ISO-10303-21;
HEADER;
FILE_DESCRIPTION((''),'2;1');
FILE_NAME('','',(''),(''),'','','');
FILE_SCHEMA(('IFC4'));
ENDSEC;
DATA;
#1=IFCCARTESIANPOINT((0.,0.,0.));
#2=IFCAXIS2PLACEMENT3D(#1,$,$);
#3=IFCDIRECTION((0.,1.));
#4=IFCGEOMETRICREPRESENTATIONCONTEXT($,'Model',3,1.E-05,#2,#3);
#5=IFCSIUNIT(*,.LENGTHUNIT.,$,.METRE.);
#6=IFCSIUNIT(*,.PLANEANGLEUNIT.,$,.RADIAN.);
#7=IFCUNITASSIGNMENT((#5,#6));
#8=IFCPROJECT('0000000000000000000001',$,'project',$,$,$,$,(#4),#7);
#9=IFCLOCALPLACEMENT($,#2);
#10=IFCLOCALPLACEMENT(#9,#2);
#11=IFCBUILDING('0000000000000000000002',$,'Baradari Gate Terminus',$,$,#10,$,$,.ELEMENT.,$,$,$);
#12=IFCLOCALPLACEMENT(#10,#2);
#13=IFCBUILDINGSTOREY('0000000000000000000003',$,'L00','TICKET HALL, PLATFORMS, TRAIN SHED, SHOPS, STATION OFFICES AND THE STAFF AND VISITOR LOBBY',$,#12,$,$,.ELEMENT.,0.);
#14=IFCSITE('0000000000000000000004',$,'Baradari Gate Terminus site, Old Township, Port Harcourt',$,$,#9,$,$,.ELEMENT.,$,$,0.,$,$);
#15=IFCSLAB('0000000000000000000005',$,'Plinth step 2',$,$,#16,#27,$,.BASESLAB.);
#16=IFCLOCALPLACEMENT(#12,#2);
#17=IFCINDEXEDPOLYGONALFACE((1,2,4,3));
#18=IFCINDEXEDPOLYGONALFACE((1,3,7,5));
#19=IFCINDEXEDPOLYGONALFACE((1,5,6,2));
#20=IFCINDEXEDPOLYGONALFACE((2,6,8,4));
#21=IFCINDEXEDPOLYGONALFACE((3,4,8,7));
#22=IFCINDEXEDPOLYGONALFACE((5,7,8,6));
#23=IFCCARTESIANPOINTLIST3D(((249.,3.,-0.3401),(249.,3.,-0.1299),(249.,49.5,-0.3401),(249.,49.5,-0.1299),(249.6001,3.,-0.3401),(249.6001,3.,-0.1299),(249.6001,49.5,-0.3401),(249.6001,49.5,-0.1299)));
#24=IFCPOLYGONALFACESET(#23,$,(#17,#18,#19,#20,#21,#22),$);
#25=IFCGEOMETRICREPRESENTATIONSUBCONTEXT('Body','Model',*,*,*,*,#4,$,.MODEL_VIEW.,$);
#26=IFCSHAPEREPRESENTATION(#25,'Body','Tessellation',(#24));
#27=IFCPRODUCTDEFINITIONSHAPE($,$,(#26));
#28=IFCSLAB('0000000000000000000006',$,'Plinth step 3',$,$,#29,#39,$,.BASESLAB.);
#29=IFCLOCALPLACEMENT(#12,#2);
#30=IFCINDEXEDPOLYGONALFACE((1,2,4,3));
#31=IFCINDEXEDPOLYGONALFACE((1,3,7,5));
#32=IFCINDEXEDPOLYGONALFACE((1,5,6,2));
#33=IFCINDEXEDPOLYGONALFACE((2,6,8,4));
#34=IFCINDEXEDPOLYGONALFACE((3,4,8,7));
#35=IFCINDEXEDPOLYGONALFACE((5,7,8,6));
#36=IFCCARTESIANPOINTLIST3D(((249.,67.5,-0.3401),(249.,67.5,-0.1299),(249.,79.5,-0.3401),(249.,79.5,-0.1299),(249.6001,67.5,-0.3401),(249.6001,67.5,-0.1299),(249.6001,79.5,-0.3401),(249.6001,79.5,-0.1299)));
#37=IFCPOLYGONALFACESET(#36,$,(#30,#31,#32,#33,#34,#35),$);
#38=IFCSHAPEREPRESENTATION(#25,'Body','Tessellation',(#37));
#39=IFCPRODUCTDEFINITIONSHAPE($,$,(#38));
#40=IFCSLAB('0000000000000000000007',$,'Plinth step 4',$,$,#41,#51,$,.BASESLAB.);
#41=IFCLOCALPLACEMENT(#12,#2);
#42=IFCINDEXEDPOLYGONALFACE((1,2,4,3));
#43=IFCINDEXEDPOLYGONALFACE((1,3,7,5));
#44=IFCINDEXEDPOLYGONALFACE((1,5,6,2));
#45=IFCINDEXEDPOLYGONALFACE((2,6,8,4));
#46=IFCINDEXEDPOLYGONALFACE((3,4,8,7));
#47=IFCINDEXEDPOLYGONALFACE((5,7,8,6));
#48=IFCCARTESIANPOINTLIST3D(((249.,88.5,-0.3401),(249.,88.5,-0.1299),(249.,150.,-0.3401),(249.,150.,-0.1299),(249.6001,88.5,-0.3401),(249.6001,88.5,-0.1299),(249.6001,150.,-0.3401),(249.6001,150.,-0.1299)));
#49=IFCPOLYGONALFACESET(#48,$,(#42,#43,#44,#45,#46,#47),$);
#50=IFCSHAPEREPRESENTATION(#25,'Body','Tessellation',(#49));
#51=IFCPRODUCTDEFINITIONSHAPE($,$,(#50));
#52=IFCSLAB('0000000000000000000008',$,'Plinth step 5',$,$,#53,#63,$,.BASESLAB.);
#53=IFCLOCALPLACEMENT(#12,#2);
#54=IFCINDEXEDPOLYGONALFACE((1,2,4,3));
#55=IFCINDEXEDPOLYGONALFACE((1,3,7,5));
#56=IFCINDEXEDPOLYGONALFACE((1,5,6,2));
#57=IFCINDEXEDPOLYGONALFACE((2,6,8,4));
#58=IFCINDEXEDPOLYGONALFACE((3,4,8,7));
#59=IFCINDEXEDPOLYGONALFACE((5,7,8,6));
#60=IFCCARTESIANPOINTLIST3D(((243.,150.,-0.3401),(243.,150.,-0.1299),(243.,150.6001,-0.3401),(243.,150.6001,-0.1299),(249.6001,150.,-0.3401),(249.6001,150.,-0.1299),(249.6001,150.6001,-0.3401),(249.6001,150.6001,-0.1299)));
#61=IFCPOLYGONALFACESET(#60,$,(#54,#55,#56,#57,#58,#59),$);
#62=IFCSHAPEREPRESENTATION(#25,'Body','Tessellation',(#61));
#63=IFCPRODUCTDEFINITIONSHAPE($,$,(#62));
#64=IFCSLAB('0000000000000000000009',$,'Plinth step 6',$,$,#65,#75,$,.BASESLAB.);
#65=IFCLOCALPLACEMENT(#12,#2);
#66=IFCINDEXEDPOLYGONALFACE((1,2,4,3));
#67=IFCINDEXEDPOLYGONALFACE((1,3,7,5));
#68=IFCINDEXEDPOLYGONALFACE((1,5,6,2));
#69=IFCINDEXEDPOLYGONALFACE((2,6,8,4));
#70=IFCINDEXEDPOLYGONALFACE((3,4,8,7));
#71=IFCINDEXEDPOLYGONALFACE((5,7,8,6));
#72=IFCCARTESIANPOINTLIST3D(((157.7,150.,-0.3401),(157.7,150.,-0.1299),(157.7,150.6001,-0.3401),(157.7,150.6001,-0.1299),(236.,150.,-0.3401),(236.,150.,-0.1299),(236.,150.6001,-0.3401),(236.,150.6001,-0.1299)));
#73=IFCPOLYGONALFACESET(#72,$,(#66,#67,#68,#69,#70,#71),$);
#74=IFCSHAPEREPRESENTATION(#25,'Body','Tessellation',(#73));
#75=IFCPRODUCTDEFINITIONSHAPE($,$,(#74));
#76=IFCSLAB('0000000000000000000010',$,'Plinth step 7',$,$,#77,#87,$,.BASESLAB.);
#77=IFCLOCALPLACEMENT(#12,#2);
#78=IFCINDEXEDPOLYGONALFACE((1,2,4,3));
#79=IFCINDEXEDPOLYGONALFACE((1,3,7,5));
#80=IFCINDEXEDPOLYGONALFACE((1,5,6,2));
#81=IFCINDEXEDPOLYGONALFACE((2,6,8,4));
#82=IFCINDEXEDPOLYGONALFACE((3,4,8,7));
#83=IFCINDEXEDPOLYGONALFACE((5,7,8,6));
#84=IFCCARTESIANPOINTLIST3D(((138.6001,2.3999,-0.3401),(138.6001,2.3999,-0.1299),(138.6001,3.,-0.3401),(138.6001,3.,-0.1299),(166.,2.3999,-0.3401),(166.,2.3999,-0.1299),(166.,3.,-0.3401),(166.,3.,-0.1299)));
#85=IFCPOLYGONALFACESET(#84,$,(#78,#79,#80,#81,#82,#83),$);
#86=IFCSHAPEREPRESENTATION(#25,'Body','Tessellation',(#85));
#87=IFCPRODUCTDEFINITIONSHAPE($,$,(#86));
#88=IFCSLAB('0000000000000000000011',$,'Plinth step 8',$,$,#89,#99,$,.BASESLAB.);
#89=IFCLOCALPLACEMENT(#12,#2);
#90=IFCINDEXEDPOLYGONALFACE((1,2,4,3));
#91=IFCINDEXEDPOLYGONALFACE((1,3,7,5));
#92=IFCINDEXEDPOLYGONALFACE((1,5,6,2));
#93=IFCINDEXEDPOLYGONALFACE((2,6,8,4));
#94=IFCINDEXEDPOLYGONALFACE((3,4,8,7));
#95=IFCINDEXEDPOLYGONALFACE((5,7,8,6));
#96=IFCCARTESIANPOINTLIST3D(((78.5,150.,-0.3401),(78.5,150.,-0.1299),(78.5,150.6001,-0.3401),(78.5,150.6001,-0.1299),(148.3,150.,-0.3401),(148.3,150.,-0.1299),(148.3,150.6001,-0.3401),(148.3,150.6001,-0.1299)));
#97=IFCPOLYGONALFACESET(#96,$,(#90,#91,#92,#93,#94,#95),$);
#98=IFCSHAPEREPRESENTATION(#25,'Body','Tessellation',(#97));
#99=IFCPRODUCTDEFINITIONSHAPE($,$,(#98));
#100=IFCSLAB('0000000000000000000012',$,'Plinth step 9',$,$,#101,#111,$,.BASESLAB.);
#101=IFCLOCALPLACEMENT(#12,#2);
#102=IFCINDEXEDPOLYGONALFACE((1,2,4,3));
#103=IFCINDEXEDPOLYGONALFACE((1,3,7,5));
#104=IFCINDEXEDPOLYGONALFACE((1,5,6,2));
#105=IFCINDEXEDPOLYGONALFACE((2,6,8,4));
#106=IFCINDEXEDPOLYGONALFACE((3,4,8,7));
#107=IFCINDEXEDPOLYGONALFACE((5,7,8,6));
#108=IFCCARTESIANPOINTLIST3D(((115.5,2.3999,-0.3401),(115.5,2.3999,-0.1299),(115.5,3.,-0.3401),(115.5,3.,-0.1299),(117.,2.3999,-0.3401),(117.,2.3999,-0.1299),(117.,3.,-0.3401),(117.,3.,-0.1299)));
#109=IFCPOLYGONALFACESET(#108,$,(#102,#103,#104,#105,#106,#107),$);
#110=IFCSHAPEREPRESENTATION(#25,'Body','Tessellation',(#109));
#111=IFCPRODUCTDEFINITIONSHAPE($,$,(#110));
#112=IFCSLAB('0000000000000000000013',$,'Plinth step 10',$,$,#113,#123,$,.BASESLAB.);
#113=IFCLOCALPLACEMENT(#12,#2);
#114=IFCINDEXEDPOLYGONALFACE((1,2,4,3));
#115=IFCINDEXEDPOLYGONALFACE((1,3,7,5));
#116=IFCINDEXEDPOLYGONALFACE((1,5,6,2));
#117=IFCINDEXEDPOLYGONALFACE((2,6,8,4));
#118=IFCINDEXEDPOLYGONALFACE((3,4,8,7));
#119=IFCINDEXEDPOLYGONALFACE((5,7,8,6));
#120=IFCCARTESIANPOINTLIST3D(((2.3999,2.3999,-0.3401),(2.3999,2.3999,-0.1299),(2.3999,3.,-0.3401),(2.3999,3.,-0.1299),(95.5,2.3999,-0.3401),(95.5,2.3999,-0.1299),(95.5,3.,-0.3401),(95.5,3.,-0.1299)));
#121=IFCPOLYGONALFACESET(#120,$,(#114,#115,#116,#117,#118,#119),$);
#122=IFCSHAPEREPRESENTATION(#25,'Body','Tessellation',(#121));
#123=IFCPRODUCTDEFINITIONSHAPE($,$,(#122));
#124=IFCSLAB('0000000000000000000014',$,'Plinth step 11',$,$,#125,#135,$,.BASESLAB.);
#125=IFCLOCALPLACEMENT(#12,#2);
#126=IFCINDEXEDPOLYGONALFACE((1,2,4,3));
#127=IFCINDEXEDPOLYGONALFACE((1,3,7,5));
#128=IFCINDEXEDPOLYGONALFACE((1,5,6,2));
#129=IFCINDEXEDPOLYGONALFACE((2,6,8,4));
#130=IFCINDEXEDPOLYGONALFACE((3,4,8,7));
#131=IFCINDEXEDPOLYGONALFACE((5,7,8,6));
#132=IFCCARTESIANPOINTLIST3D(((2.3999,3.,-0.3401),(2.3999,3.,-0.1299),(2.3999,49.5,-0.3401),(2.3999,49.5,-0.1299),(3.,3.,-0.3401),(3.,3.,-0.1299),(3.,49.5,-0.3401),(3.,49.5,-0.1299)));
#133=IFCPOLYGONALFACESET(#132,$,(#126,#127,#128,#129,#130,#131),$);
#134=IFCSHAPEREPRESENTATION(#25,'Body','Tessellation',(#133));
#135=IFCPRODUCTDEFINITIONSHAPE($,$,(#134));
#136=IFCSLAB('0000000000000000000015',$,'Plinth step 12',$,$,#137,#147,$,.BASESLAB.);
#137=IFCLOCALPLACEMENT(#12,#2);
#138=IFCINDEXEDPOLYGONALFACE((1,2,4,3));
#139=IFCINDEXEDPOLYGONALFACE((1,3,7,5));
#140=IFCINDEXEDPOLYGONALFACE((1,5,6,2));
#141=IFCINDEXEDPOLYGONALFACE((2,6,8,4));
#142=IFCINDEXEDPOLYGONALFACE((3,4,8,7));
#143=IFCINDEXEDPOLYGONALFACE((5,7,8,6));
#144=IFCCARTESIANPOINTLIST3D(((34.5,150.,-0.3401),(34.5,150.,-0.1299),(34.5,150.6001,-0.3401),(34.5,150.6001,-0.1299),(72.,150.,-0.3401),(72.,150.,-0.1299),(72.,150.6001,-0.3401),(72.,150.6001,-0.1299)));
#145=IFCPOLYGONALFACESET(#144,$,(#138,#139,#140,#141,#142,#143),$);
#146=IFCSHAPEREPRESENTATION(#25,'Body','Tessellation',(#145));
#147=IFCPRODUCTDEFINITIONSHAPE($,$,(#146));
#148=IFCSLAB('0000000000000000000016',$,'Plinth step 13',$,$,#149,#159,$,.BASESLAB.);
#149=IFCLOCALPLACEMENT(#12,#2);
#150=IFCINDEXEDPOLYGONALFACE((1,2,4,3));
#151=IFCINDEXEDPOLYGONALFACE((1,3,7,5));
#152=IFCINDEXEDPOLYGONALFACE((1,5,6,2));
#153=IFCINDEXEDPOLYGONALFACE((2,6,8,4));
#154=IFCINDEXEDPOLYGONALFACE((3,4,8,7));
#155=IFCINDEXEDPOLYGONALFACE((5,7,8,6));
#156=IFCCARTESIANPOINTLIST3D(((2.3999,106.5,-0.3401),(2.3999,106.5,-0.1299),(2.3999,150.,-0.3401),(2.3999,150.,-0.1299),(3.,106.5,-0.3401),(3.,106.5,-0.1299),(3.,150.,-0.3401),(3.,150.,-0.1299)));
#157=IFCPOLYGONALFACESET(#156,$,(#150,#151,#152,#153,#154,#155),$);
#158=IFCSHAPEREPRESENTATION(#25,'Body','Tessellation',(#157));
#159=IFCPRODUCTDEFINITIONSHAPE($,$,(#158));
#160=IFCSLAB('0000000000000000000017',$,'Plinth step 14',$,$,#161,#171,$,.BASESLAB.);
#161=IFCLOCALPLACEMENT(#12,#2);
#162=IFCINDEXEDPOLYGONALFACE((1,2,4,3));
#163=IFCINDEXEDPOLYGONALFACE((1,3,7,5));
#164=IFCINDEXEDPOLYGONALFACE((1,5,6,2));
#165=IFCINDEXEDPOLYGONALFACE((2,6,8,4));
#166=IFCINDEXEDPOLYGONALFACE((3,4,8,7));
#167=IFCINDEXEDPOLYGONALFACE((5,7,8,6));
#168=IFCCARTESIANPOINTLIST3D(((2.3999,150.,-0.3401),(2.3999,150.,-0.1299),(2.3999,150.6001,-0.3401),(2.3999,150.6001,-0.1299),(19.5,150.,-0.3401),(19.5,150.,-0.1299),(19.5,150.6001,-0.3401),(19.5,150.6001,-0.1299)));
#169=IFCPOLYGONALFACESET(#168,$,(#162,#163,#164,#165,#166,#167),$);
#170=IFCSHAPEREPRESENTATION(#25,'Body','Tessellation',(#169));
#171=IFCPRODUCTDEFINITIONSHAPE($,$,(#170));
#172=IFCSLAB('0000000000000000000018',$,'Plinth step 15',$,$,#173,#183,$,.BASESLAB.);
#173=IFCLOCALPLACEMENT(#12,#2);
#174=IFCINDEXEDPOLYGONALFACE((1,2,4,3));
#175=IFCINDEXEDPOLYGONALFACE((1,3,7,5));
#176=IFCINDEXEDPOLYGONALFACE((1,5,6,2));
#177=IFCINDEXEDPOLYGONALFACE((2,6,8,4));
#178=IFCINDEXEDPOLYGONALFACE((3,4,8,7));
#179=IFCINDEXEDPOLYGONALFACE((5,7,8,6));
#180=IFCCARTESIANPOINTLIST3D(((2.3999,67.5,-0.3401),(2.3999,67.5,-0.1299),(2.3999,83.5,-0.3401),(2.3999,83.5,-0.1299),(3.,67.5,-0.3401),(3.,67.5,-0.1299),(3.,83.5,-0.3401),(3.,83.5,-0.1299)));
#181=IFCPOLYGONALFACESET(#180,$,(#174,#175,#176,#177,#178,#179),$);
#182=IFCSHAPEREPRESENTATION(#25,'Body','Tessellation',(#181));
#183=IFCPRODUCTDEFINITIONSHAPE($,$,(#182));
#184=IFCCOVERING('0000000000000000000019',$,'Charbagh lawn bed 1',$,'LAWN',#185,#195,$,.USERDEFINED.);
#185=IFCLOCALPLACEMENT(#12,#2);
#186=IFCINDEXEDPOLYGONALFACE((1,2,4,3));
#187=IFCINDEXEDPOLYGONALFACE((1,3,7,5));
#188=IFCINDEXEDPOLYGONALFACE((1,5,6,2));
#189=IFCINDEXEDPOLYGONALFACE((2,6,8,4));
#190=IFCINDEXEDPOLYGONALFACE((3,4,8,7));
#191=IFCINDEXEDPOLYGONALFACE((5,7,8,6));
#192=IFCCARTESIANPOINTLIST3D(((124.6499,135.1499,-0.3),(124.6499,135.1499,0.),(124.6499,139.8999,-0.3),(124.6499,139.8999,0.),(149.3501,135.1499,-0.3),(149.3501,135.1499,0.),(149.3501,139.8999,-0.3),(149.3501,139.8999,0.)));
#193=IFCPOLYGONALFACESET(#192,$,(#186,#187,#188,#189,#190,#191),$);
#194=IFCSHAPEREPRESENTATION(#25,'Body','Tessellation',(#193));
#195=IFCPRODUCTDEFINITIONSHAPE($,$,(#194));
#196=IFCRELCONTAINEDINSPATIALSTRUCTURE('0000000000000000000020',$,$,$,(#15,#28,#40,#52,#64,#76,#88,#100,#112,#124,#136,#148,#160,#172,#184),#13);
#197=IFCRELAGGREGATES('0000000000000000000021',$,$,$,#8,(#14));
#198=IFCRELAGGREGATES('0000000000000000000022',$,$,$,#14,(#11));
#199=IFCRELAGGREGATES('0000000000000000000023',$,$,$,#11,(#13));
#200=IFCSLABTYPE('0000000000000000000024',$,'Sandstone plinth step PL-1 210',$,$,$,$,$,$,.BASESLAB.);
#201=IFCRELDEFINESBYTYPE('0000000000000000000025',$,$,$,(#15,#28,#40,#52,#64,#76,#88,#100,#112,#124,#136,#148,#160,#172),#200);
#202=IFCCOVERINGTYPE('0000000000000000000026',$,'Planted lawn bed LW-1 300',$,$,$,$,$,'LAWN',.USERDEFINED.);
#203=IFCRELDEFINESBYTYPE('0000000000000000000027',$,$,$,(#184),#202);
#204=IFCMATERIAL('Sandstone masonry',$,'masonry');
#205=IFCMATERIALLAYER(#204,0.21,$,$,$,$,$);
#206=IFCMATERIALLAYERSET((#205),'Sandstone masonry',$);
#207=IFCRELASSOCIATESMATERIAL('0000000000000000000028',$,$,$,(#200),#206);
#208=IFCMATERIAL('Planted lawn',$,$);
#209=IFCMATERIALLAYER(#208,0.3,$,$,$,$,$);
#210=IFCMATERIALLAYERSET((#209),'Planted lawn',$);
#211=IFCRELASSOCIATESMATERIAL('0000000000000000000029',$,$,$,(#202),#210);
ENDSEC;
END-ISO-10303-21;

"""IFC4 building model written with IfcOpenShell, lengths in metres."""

from ifc_helpers import new_model, si_unit, direction, frame, origin, place, context, subcontext, project, spatial, polyline, outline, extrude, material, layer, layer_set, type_object, element, save


model = new_model("IFC4")

# Units and contexts
model_context = context("Model", 3, precision=1e-05, world=origin(), true_north=direction((0.0, 1.0)))
body_context = subcontext(model_context, "Body", "Model", "MODEL_VIEW")
ifc_project = project(units=[si_unit("LENGTHUNIT", "METRE"), si_unit("PLANEANGLEUNIT", "RADIAN")], contexts=[model_context])

# Site, building, storey
site_placement = place(None, origin())
site = spatial("IfcSite", under=ifc_project, at=site_placement, Name="Baradari Gate Terminus site, Old Township, Port Harcourt", CompositionType="ELEMENT", RefElevation=0.0)
building_placement = place(site_placement, origin())
building = spatial("IfcBuilding", under=site, at=building_placement, Name="Baradari Gate Terminus", CompositionType="ELEMENT")
storey_placement = place(building_placement, origin())
storey = spatial("IfcBuildingStorey", under=building, at=storey_placement, Name="L00", Description="TICKET HALL, PLATFORMS, TRAIN SHED, SHOPS, STATION OFFICES AND THE STAFF AND VISITOR LOBBY", CompositionType="ELEMENT", Elevation=0.0)

# Slabs
ifc_material_1 = material(Name="Sandstone masonry", Category="masonry")
ifc_layer_1 = layer(ifc_material_1, 0.21)
ifc_layer_set_1 = layer_set([ifc_layer_1], Name="Sandstone masonry")
slab_type_1 = type_object("IfcSlabType", Name="Sandstone plinth step PL-1 210", PredefinedType="BASESLAB", material=ifc_layer_set_1)
slab_1_placement = place(storey_placement, frame((0.0, 0.0, -0.3401)))
element("IfcSlab", 1, at=slab_1_placement, inside=storey, type_object=slab_type_1, Name="Plinth step 2", PredefinedType="BASESLAB", context=body_context, shape_type="SweptSolid", body=[
    extrude(outline(polyline([(249.6001, 3.0), (249.6001, 49.5), (249.0, 49.5), (249.0, 3.0), (249.6001, 3.0)])), origin(), (0.0, 0.0, 1.0), 0.2102),
])
slab_2_placement = place(storey_placement, frame((0.0, 0.0, -0.3401)))
element("IfcSlab", 2, at=slab_2_placement, inside=storey, type_object=slab_type_1, Name="Plinth step 3", PredefinedType="BASESLAB", context=body_context, shape_type="SweptSolid", body=[
    extrude(outline(polyline([(249.6001, 67.5), (249.6001, 79.5), (249.0, 79.5), (249.0, 67.5), (249.6001, 67.5)])), origin(), (0.0, 0.0, 1.0), 0.2102),
])
slab_3_placement = place(storey_placement, frame((0.0, 0.0, -0.3401)))
element("IfcSlab", 3, at=slab_3_placement, inside=storey, type_object=slab_type_1, Name="Plinth step 4", PredefinedType="BASESLAB", context=body_context, shape_type="SweptSolid", body=[
    extrude(outline(polyline([(249.6001, 88.5), (249.6001, 150.0), (249.0, 150.0), (249.0, 88.5), (249.6001, 88.5)])), origin(), (0.0, 0.0, 1.0), 0.2102),
])
slab_4_placement = place(storey_placement, frame((0.0, 0.0, -0.3401)))
element("IfcSlab", 4, at=slab_4_placement, inside=storey, type_object=slab_type_1, Name="Plinth step 5", PredefinedType="BASESLAB", context=body_context, shape_type="SweptSolid", body=[
    extrude(outline(polyline([(249.6001, 150.0), (249.6001, 150.6001), (243.0, 150.6001), (243.0, 150.0), (249.6001, 150.0)])), origin(), (0.0, 0.0, 1.0), 0.2102),
])
slab_5_placement = place(storey_placement, frame((0.0, 0.0, -0.3401)))
element("IfcSlab", 5, at=slab_5_placement, inside=storey, type_object=slab_type_1, Name="Plinth step 6", PredefinedType="BASESLAB", context=body_context, shape_type="SweptSolid", body=[
    extrude(outline(polyline([(236.0, 150.0), (236.0, 150.6001), (157.7, 150.6001), (157.7, 150.0), (236.0, 150.0)])), origin(), (0.0, 0.0, 1.0), 0.2102),
])
slab_6_placement = place(storey_placement, frame((0.0, 0.0, -0.3401)))
element("IfcSlab", 6, at=slab_6_placement, inside=storey, type_object=slab_type_1, Name="Plinth step 7", PredefinedType="BASESLAB", context=body_context, shape_type="SweptSolid", body=[
    extrude(outline(polyline([(166.0, 2.3999), (166.0, 3.0), (138.6001, 3.0), (138.6001, 2.3999), (166.0, 2.3999)])), origin(), (0.0, 0.0, 1.0), 0.2102),
])
slab_7_placement = place(storey_placement, frame((0.0, 0.0, -0.3401)))
element("IfcSlab", 7, at=slab_7_placement, inside=storey, type_object=slab_type_1, Name="Plinth step 8", PredefinedType="BASESLAB", context=body_context, shape_type="SweptSolid", body=[
    extrude(outline(polyline([(148.3, 150.0), (148.3, 150.6001), (78.5, 150.6001), (78.5, 150.0), (148.3, 150.0)])), origin(), (0.0, 0.0, 1.0), 0.2102),
])
slab_8_placement = place(storey_placement, frame((0.0, 0.0, -0.3401)))
element("IfcSlab", 8, at=slab_8_placement, inside=storey, type_object=slab_type_1, Name="Plinth step 9", PredefinedType="BASESLAB", context=body_context, shape_type="SweptSolid", body=[
    extrude(outline(polyline([(117.0, 2.3999), (117.0, 3.0), (115.5, 3.0), (115.5, 2.3999), (117.0, 2.3999)])), origin(), (0.0, 0.0, 1.0), 0.2102),
])
slab_9_placement = place(storey_placement, frame((0.0, 0.0, -0.3401)))
element("IfcSlab", 9, at=slab_9_placement, inside=storey, type_object=slab_type_1, Name="Plinth step 10", PredefinedType="BASESLAB", context=body_context, shape_type="SweptSolid", body=[
    extrude(outline(polyline([(95.5, 2.3999), (95.5, 3.0), (2.3999, 3.0), (2.3999, 2.3999), (95.5, 2.3999)])), origin(), (0.0, 0.0, 1.0), 0.2102),
])
slab_10_placement = place(storey_placement, frame((0.0, 0.0, -0.3401)))
element("IfcSlab", 10, at=slab_10_placement, inside=storey, type_object=slab_type_1, Name="Plinth step 11", PredefinedType="BASESLAB", context=body_context, shape_type="SweptSolid", body=[
    extrude(outline(polyline([(3.0, 3.0), (3.0, 49.5), (2.3999, 49.5), (2.3999, 3.0), (3.0, 3.0)])), origin(), (0.0, 0.0, 1.0), 0.2102),
])
slab_11_placement = place(storey_placement, frame((0.0, 0.0, -0.3401)))
element("IfcSlab", 11, at=slab_11_placement, inside=storey, type_object=slab_type_1, Name="Plinth step 12", PredefinedType="BASESLAB", context=body_context, shape_type="SweptSolid", body=[
    extrude(outline(polyline([(72.0, 150.0), (72.0, 150.6001), (34.5, 150.6001), (34.5, 150.0), (72.0, 150.0)])), origin(), (0.0, 0.0, 1.0), 0.2102),
])
slab_12_placement = place(storey_placement, frame((0.0, 0.0, -0.3401)))
element("IfcSlab", 12, at=slab_12_placement, inside=storey, type_object=slab_type_1, Name="Plinth step 13", PredefinedType="BASESLAB", context=body_context, shape_type="SweptSolid", body=[
    extrude(outline(polyline([(3.0, 106.5), (3.0, 150.0), (2.3999, 150.0), (2.3999, 106.5), (3.0, 106.5)])), origin(), (0.0, 0.0, 1.0), 0.2102),
])
slab_13_placement = place(storey_placement, frame((0.0, 0.0, -0.3401)))
element("IfcSlab", 13, at=slab_13_placement, inside=storey, type_object=slab_type_1, Name="Plinth step 14", PredefinedType="BASESLAB", context=body_context, shape_type="SweptSolid", body=[
    extrude(outline(polyline([(19.5, 150.0), (19.5, 150.6001), (2.3999, 150.6001), (2.3999, 150.0), (19.5, 150.0)])), origin(), (0.0, 0.0, 1.0), 0.2102),
])
slab_14_placement = place(storey_placement, frame((0.0, 0.0, -0.3401)))
element("IfcSlab", 14, at=slab_14_placement, inside=storey, type_object=slab_type_1, Name="Plinth step 15", PredefinedType="BASESLAB", context=body_context, shape_type="SweptSolid", body=[
    extrude(outline(polyline([(3.0, 67.5), (3.0, 83.5), (2.3999, 83.5), (2.3999, 67.5), (3.0, 67.5)])), origin(), (0.0, 0.0, 1.0), 0.2102),
])

# Covering
ifc_material_2 = material(Name="Planted lawn")
ifc_layer_2 = layer(ifc_material_2, 0.3)
ifc_layer_set_2 = layer_set([ifc_layer_2], Name="Planted lawn")
covering_type = type_object("IfcCoveringType", Name="Planted lawn bed LW-1 300", ElementType="LAWN", PredefinedType="USERDEFINED", material=ifc_layer_set_2)
covering_1_placement = place(storey_placement, frame((0.0, 0.0, -0.3)))
element("IfcCovering", 15, at=covering_1_placement, inside=storey, type_object=covering_type, Name="Charbagh lawn bed 1", ObjectType="LAWN", PredefinedType="USERDEFINED", context=body_context, shape_type="SweptSolid", body=[
    extrude(outline(polyline([(124.6499, 135.1499), (149.3501, 135.1499), (149.3501, 139.8999), (124.6499, 139.8999), (124.6499, 135.1499)])), origin(), (0.0, 0.0, 1.0), 0.3),
])

save(model, "model.ifc")
